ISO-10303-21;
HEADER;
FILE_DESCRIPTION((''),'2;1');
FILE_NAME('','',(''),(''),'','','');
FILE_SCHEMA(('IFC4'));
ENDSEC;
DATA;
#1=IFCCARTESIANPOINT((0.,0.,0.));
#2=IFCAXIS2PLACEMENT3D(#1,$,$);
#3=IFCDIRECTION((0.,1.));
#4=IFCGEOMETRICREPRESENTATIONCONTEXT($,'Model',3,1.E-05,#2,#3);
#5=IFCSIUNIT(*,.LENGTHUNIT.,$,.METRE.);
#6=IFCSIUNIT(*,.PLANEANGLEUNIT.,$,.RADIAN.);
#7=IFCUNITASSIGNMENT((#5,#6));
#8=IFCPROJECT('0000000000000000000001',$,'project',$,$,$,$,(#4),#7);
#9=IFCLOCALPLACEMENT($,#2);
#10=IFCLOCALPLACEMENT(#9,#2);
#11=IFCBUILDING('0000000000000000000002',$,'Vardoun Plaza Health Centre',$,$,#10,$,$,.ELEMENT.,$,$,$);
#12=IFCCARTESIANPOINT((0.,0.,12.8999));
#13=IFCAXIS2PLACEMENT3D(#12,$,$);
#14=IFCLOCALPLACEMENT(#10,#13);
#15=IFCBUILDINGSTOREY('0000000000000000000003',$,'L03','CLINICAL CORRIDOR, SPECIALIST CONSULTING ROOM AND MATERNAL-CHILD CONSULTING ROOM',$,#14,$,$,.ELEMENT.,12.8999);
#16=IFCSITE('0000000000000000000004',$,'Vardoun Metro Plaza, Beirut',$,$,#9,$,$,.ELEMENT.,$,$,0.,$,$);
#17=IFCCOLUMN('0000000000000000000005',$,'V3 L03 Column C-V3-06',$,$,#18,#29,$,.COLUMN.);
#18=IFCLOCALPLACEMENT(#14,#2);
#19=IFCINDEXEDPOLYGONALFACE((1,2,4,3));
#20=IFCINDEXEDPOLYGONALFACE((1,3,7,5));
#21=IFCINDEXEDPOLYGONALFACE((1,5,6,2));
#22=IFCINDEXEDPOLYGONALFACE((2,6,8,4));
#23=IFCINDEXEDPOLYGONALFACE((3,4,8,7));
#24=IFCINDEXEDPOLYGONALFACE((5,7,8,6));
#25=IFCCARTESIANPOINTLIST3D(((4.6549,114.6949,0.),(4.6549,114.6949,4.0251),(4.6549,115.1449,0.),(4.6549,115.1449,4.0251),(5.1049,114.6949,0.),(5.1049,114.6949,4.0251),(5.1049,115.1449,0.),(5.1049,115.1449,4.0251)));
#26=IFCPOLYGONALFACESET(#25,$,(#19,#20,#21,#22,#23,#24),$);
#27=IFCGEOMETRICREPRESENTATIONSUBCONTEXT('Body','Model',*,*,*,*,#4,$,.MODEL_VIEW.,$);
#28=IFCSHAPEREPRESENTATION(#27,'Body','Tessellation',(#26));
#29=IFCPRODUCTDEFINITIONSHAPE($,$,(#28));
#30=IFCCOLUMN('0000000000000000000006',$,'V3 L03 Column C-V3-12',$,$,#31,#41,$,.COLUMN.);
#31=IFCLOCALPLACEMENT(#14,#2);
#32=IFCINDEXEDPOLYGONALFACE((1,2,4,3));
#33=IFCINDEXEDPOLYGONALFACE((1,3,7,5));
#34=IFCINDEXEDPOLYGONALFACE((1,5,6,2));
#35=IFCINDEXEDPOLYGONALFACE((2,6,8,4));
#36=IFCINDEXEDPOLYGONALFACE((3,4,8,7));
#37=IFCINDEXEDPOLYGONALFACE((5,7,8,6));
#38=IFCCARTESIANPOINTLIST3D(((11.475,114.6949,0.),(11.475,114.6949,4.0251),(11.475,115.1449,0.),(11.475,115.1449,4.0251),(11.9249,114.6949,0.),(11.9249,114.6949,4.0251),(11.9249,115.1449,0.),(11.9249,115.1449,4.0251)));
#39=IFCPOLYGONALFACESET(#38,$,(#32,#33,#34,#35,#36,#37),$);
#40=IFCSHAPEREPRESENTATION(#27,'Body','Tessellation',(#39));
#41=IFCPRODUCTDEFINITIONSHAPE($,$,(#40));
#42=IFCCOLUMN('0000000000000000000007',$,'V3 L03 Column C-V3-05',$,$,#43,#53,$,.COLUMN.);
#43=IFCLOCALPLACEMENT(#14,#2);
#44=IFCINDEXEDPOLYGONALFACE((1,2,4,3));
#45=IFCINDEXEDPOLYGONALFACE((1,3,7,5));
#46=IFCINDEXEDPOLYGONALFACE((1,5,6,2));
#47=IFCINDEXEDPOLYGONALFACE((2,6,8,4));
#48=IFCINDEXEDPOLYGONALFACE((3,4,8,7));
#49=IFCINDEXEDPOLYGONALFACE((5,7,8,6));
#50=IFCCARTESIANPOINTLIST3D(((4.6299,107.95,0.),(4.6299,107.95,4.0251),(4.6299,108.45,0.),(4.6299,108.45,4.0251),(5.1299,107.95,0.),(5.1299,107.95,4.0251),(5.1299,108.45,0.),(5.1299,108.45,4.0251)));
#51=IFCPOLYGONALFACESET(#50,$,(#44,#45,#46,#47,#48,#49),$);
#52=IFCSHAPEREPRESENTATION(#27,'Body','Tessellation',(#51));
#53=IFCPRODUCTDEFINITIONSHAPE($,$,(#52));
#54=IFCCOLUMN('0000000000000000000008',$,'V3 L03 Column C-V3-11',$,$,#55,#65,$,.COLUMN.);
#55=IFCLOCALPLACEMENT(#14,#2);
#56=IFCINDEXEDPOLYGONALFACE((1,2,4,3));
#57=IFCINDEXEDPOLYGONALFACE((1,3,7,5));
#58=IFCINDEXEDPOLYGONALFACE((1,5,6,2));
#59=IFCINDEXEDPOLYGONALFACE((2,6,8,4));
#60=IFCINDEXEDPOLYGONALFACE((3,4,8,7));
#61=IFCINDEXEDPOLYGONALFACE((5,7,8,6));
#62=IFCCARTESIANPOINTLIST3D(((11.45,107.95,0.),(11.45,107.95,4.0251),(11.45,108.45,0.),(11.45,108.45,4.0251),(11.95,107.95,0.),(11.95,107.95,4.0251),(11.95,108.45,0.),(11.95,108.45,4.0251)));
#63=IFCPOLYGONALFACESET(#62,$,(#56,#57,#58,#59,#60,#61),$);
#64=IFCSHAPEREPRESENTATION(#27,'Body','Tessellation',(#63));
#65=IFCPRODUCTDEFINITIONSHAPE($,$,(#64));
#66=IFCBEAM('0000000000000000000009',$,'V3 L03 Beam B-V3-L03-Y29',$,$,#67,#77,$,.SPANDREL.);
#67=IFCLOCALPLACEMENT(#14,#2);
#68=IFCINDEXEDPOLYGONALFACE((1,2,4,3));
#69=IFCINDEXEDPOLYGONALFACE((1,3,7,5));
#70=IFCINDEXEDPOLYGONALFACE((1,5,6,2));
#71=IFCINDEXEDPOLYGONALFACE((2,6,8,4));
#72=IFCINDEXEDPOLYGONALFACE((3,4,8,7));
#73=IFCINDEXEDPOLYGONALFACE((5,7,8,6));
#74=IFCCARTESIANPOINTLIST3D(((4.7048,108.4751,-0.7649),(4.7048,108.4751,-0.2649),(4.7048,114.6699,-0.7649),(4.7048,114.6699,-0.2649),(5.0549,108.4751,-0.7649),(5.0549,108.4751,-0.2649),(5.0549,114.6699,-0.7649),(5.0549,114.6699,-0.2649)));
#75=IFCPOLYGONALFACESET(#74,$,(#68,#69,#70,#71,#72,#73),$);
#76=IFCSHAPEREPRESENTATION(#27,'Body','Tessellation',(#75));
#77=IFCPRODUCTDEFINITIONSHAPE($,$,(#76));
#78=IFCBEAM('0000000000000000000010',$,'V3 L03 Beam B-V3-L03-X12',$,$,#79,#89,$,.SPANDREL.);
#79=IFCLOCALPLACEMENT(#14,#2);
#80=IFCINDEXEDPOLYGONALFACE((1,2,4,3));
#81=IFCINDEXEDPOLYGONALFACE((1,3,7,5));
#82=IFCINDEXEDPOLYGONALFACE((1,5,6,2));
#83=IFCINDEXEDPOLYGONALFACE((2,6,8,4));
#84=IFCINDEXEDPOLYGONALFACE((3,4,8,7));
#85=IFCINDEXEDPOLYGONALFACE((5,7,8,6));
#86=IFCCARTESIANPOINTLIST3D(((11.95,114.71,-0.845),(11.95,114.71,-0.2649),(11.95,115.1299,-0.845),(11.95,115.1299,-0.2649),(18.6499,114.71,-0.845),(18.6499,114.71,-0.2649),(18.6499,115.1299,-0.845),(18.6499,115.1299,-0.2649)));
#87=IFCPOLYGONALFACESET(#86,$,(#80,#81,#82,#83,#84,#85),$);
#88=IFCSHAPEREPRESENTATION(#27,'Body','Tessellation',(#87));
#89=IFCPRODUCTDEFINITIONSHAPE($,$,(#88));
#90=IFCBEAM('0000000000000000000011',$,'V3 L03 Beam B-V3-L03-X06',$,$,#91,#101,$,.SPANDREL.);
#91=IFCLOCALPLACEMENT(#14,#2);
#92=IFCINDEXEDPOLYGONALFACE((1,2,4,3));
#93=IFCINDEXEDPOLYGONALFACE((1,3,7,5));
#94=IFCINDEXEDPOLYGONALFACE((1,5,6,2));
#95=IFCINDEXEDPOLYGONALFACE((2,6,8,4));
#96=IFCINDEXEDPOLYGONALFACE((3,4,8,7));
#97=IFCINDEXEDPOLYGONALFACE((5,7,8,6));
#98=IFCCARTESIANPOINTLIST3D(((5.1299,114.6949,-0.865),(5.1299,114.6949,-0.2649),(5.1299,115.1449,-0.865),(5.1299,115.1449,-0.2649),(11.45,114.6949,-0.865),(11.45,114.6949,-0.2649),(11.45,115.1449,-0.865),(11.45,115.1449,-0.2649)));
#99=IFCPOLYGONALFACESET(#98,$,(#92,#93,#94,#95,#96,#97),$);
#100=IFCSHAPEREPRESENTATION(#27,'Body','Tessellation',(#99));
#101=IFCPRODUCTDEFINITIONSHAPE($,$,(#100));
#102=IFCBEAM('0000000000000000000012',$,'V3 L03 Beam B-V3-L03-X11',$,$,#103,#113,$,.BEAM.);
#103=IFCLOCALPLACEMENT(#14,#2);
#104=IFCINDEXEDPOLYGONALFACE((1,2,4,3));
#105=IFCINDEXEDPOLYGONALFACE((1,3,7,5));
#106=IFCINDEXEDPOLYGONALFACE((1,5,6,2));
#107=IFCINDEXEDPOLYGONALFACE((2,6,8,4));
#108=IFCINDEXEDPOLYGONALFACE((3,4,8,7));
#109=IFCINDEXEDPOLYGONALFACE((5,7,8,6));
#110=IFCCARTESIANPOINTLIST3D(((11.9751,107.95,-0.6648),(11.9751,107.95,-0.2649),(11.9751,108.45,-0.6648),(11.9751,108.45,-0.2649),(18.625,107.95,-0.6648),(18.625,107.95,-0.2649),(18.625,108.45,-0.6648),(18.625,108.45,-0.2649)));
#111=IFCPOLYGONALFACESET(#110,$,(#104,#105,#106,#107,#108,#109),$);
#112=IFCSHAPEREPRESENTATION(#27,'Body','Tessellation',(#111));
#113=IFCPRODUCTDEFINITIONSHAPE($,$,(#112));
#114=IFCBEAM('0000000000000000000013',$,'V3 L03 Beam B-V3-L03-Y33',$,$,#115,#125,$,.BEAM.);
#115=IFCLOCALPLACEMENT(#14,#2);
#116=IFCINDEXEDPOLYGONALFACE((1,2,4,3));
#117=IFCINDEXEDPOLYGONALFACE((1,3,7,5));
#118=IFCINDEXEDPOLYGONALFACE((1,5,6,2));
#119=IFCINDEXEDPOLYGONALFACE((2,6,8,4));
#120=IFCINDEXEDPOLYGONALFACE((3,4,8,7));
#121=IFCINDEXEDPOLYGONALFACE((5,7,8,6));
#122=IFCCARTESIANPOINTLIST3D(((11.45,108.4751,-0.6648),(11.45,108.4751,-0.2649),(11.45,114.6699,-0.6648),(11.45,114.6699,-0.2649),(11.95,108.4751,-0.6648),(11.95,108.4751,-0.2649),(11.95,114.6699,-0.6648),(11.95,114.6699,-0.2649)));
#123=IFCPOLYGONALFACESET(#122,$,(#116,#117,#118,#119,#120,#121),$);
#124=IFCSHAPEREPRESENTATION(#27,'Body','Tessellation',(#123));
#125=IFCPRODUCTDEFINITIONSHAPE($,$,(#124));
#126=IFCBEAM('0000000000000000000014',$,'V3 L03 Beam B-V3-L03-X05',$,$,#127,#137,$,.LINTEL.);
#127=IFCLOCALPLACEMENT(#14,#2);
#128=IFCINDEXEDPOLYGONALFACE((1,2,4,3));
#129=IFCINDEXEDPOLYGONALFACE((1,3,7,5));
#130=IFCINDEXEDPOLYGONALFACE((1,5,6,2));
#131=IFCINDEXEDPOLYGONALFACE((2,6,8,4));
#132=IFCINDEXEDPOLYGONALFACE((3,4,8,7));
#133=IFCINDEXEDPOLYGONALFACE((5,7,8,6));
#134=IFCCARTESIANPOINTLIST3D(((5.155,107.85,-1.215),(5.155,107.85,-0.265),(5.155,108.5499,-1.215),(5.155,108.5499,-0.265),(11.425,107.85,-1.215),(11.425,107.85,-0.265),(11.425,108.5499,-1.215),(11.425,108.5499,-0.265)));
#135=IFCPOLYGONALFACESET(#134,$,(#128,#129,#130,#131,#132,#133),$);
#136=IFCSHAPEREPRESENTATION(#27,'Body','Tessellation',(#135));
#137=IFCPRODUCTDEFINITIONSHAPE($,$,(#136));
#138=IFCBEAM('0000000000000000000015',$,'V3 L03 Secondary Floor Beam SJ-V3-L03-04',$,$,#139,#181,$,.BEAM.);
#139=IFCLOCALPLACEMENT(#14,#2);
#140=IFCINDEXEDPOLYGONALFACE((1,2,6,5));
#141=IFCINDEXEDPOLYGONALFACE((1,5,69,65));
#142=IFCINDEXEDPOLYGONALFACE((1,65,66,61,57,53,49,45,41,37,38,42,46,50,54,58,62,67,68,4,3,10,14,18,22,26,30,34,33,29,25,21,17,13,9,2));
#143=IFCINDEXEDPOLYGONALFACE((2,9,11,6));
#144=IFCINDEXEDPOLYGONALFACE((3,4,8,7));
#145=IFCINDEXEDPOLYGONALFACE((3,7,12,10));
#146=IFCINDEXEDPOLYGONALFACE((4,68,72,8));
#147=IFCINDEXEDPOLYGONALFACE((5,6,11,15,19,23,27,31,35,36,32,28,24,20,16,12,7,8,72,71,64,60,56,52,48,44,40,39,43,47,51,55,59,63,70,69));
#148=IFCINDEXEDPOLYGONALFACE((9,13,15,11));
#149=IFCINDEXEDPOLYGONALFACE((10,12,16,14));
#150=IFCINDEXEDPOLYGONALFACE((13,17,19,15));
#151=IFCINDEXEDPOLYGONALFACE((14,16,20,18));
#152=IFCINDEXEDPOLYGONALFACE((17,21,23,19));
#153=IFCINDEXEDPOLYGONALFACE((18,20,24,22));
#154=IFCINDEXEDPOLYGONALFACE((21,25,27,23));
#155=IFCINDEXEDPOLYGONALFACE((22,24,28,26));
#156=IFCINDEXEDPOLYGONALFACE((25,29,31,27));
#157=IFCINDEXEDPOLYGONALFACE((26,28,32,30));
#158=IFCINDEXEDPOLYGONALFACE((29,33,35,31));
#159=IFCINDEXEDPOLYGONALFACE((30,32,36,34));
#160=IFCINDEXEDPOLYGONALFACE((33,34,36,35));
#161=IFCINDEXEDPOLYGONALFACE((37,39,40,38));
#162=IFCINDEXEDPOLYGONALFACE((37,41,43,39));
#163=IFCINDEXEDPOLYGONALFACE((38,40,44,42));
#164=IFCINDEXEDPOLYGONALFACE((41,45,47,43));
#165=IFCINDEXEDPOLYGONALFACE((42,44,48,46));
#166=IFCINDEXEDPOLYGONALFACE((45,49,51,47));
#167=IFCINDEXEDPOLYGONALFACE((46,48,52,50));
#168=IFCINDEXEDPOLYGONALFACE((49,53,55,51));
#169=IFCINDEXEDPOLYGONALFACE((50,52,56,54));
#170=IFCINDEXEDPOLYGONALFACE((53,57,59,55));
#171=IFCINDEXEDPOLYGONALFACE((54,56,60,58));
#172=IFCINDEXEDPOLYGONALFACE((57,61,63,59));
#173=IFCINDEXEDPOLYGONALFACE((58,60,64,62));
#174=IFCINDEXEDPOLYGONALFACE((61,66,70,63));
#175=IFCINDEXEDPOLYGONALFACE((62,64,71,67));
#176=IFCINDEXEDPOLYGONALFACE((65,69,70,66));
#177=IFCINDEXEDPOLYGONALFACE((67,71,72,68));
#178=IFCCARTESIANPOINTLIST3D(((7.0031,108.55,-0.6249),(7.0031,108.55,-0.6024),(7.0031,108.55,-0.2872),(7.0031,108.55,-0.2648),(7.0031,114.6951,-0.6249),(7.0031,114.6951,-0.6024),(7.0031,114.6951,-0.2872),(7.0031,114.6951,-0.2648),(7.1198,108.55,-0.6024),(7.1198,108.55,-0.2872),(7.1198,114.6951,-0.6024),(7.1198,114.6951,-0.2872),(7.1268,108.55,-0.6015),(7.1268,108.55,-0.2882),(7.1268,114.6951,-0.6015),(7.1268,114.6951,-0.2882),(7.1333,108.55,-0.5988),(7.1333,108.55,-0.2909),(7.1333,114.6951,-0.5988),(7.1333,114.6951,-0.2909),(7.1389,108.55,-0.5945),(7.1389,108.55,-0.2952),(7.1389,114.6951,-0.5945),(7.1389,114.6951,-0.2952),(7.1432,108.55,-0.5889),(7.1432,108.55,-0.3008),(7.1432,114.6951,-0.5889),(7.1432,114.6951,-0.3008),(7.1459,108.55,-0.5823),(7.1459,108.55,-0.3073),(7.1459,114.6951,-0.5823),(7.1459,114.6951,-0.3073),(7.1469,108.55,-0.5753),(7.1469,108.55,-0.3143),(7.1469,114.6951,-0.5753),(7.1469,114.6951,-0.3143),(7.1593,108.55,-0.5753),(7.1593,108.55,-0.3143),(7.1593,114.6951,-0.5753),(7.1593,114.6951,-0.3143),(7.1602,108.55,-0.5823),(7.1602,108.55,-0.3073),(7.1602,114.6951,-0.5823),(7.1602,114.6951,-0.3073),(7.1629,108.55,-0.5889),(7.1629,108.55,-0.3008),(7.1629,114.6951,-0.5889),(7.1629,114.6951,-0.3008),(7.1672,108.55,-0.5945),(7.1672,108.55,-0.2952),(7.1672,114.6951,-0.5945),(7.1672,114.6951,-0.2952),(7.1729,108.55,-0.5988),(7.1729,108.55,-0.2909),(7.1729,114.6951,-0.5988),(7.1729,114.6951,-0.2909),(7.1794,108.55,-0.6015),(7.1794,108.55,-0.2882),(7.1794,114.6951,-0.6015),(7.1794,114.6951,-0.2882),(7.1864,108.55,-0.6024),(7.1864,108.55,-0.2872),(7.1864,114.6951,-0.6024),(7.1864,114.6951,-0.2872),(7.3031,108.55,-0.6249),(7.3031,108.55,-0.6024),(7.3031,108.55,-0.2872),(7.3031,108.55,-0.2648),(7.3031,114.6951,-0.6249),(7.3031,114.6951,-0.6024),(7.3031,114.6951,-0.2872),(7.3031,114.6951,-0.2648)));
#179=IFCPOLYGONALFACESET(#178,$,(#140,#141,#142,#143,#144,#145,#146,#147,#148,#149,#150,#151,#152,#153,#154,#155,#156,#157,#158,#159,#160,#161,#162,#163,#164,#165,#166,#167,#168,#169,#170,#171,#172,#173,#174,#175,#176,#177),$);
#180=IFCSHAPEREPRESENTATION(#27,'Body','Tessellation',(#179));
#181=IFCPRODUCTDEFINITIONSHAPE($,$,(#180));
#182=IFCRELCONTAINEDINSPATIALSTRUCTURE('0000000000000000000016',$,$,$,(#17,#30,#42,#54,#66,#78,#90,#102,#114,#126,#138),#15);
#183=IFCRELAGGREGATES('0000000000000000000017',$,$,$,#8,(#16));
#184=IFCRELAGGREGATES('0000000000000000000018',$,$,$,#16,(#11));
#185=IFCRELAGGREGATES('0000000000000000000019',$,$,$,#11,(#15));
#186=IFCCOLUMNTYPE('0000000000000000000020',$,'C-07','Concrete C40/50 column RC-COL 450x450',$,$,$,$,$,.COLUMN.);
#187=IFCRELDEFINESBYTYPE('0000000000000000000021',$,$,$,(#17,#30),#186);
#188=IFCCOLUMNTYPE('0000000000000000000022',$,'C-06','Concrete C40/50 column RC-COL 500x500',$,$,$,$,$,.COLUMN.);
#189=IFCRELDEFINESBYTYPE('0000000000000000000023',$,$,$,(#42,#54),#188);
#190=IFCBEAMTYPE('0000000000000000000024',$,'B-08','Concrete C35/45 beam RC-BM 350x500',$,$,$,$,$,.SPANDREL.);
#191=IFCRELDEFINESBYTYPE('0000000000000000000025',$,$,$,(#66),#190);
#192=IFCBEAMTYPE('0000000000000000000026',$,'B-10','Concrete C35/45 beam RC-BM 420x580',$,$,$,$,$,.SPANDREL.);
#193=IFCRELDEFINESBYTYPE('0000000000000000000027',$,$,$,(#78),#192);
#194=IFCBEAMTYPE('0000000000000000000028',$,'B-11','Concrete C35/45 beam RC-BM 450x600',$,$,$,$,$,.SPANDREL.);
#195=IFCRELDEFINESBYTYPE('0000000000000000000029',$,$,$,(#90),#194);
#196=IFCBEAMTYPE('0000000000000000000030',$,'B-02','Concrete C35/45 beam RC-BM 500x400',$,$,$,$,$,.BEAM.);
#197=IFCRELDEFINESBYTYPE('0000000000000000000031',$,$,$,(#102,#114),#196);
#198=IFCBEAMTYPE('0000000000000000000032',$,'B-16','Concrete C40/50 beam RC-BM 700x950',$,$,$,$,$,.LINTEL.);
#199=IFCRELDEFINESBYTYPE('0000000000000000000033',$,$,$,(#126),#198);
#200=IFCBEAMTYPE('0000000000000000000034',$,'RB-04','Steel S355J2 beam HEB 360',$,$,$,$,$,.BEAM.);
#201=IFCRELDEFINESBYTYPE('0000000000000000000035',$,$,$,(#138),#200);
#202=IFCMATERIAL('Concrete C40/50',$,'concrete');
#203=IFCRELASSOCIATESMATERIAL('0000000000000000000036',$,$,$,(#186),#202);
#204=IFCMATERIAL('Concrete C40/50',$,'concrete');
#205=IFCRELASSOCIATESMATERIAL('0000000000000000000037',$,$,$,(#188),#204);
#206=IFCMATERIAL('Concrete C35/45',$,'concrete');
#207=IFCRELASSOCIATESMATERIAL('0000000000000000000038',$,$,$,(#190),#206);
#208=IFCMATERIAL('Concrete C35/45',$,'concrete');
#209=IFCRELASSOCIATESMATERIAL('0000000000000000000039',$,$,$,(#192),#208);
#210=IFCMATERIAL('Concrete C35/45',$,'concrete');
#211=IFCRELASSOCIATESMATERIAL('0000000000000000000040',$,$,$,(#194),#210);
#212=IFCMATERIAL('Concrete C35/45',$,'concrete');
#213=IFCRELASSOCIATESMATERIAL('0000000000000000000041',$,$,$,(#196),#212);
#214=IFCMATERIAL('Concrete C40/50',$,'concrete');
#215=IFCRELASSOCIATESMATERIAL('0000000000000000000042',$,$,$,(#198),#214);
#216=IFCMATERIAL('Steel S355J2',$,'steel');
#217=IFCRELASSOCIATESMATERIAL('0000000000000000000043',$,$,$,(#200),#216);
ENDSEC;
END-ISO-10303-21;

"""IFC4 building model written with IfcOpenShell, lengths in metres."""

from ifc_helpers import new_model, si_unit, direction, frame, origin, origin_2d, place, context, subcontext, project, spatial, rectangle, i_section, extrude, material, material_profile, profile_set, type_object, element, save


model = new_model("IFC4")

# Units and contexts
model_context = context("Model", 3, precision=1e-05, world=origin(), true_north=direction((0.0, 1.0)))
body_context = subcontext(model_context, "Body", "Model", "MODEL_VIEW")
ifc_project = project(units=[si_unit("LENGTHUNIT", "METRE"), si_unit("PLANEANGLEUNIT", "RADIAN")], contexts=[model_context])

# Site, building, storey
site_placement = place(None, origin())
site = spatial("IfcSite", under=ifc_project, at=site_placement, Name="Vardoun Metro Plaza, Beirut", CompositionType="ELEMENT", RefElevation=0.0)
building_placement = place(site_placement, origin())
building = spatial("IfcBuilding", under=site, at=building_placement, Name="Vardoun Plaza Health Centre", CompositionType="ELEMENT")
storey_placement = place(building_placement, frame((0.0, 0.0, 12.8999)))
storey = spatial("IfcBuildingStorey", under=building, at=storey_placement, Name="L03", Description="CLINICAL CORRIDOR, SPECIALIST CONSULTING ROOM AND MATERNAL-CHILD CONSULTING ROOM", CompositionType="ELEMENT", Elevation=12.8999)

# Columns
ifc_material_1 = material(Name="Concrete C40/50", Category="concrete")
ifc_material_profile_1 = material_profile(ifc_material_1, rectangle(XDim=0.45, YDim=0.45, at=origin_2d()), Name="RC-COL 450x450")
ifc_profile_set_1 = profile_set([ifc_material_profile_1], Name="Concrete C40/50")
column_type_1 = type_object("IfcColumnType", Name="C-07", Description="Concrete C40/50 column RC-COL 450x450", PredefinedType="COLUMN", material=ifc_profile_set_1)
for number, where, z_axis, x_axis, name in (
    (1, (4.8799, 114.9199, 0.0), (0.0, 0.0, 1.0), (1.0, 0.0, 0.0), "V3 L03 Column C-V3-06"),
    (2, (11.7, 114.9199, 0.0), (0.0, 0.0, 1.0), (1.0, 0.0, 0.0), "V3 L03 Column C-V3-12"),
):
    element("IfcColumn", number, at=place(storey_placement, frame(where, z_axis=z_axis, x_axis=x_axis)), inside=storey, type_object=column_type_1, Name=name, PredefinedType="COLUMN", context=body_context, shape_type="SweptSolid", body=[
        extrude(rectangle(XDim=0.45, YDim=0.45, at=origin_2d()), origin(), (0.0, 0.0, 1.0), 4.0251),
    ])
ifc_material_2 = material(Name="Concrete C40/50", Category="concrete")
ifc_material_profile_2 = material_profile(ifc_material_2, rectangle(XDim=0.5, YDim=0.5, at=origin_2d()), Name="RC-COL 500x500")
ifc_profile_set_2 = profile_set([ifc_material_profile_2], Name="Concrete C40/50")
column_type_2 = type_object("IfcColumnType", Name="C-06", Description="Concrete C40/50 column RC-COL 500x500", PredefinedType="COLUMN", material=ifc_profile_set_2)
for number, where, z_axis, x_axis, name in (
    (3, (4.8799, 108.2, 0.0), (0.0, 0.0, 1.0), (1.0, 0.0, 0.0), "V3 L03 Column C-V3-05"),
    (4, (11.7, 108.2, 0.0), (0.0, 0.0, 1.0), (1.0, 0.0, 0.0), "V3 L03 Column C-V3-11"),
):
    element("IfcColumn", number, at=place(storey_placement, frame(where, z_axis=z_axis, x_axis=x_axis)), inside=storey, type_object=column_type_2, Name=name, PredefinedType="COLUMN", context=body_context, shape_type="SweptSolid", body=[
        extrude(rectangle(XDim=0.5, YDim=0.5, at=origin_2d()), origin(), (0.0, 0.0, 1.0), 4.0251),
    ])

# Beams
ifc_material_3 = material(Name="Concrete C35/45", Category="concrete")
ifc_material_profile_3 = material_profile(ifc_material_3, rectangle(XDim=0.3501, YDim=0.5, at=origin_2d()), Name="RC-BM 350x500")
ifc_profile_set_3 = profile_set([ifc_material_profile_3], Name="Concrete C35/45")
beam_type_1 = type_object("IfcBeamType", Name="B-08", Description="Concrete C35/45 beam RC-BM 350x500", PredefinedType="SPANDREL", material=ifc_profile_set_3)
beam_1_placement = place(storey_placement, frame((4.8799, 108.4751, -0.5149), z_axis=(0.0, 1.0, 0.0), x_axis=(-1.0, 0.0, 0.0)))
element("IfcBeam", 5, at=beam_1_placement, inside=storey, type_object=beam_type_1, Name="V3 L03 Beam B-V3-L03-Y29", PredefinedType="SPANDREL", context=body_context, shape_type="SweptSolid", body=[
    extrude(rectangle(XDim=0.3501, YDim=0.5, at=origin_2d()), origin(), (0.0, 0.0, 1.0), 6.1948),
])
ifc_material_4 = material(Name="Concrete C35/45", Category="concrete")
ifc_material_profile_4 = material_profile(ifc_material_4, rectangle(XDim=0.4199, YDim=0.5801, at=origin_2d()), Name="RC-BM 420x580")
ifc_profile_set_4 = profile_set([ifc_material_profile_4], Name="Concrete C35/45")
beam_type_2 = type_object("IfcBeamType", Name="B-10", Description="Concrete C35/45 beam RC-BM 420x580", PredefinedType="SPANDREL", material=ifc_profile_set_4)
beam_2_placement = place(storey_placement, frame((11.95, 114.9199, -0.5549), z_axis=(1.0, 0.0, 0.0), x_axis=(0.0, 1.0, 0.0)))
element("IfcBeam", 6, at=beam_2_placement, inside=storey, type_object=beam_type_2, Name="V3 L03 Beam B-V3-L03-X12", PredefinedType="SPANDREL", context=body_context, shape_type="SweptSolid", body=[
    extrude(rectangle(XDim=0.4199, YDim=0.5801, at=origin_2d()), origin(), (0.0, 0.0, 1.0), 6.7),
])
ifc_material_5 = material(Name="Concrete C35/45", Category="concrete")
ifc_material_profile_5 = material_profile(ifc_material_5, rectangle(XDim=0.45, YDim=0.6001, at=origin_2d()), Name="RC-BM 450x600")
ifc_profile_set_5 = profile_set([ifc_material_profile_5], Name="Concrete C35/45")
beam_type_3 = type_object("IfcBeamType", Name="B-11", Description="Concrete C35/45 beam RC-BM 450x600", PredefinedType="SPANDREL", material=ifc_profile_set_5)
beam_3_placement = place(storey_placement, frame((5.1299, 114.9199, -0.5649), z_axis=(1.0, 0.0, 0.0), x_axis=(0.0, 1.0, 0.0)))
element("IfcBeam", 7, at=beam_3_placement, inside=storey, type_object=beam_type_3, Name="V3 L03 Beam B-V3-L03-X06", PredefinedType="SPANDREL", context=body_context, shape_type="SweptSolid", body=[
    extrude(rectangle(XDim=0.45, YDim=0.6001, at=origin_2d()), origin(), (0.0, 0.0, 1.0), 6.3201),
])
ifc_material_6 = material(Name="Concrete C35/45", Category="concrete")
ifc_material_profile_6 = material_profile(ifc_material_6, rectangle(XDim=0.5, YDim=0.3999, at=origin_2d()), Name="RC-BM 500x400")
ifc_profile_set_6 = profile_set([ifc_material_profile_6], Name="Concrete C35/45")
beam_type_4 = type_object("IfcBeamType", Name="B-02", Description="Concrete C35/45 beam RC-BM 500x400", PredefinedType="BEAM", material=ifc_profile_set_6)
beam_4_placement = place(storey_placement, frame((11.9751, 108.2, -0.4648), z_axis=(1.0, 0.0, 0.0), x_axis=(0.0, 1.0, 0.0)))
element("IfcBeam", 8, at=beam_4_placement, inside=storey, type_object=beam_type_4, Name="V3 L03 Beam B-V3-L03-X11", PredefinedType="BEAM", context=body_context, shape_type="SweptSolid", body=[
    extrude(rectangle(XDim=0.5, YDim=0.3999, at=origin_2d()), origin(), (0.0, 0.0, 1.0), 6.6499),
])
beam_5_placement = place(storey_placement, frame((11.7, 108.4751, -0.4648), z_axis=(0.0, 1.0, 0.0), x_axis=(-1.0, 0.0, 0.0)))
element("IfcBeam", 9, at=beam_5_placement, inside=storey, type_object=beam_type_4, Name="V3 L03 Beam B-V3-L03-Y33", PredefinedType="BEAM", context=body_context, shape_type="SweptSolid", body=[
    extrude(rectangle(XDim=0.5, YDim=0.3999, at=origin_2d()), origin(), (0.0, 0.0, 1.0), 6.1948),
])
ifc_material_7 = material(Name="Concrete C40/50", Category="concrete")
ifc_material_profile_7 = material_profile(ifc_material_7, rectangle(XDim=0.7, YDim=0.95, at=origin_2d()), Name="RC-BM 700x950")
ifc_profile_set_7 = profile_set([ifc_material_profile_7], Name="Concrete C40/50")
beam_type_5 = type_object("IfcBeamType", Name="B-16", Description="Concrete C40/50 beam RC-BM 700x950", PredefinedType="LINTEL", material=ifc_profile_set_7)
beam_6_placement = place(storey_placement, frame((5.155, 108.2, -0.74), z_axis=(1.0, 0.0, 0.0), x_axis=(0.0, 1.0, 0.0)))
element("IfcBeam", 10, at=beam_6_placement, inside=storey, type_object=beam_type_5, Name="V3 L03 Beam B-V3-L03-X05", PredefinedType="LINTEL", context=body_context, shape_type="SweptSolid", body=[
    extrude(rectangle(XDim=0.7, YDim=0.95, at=origin_2d()), origin(), (0.0, 0.0, 1.0), 6.27),
])
ifc_material_8 = material(Name="Steel S355J2", Category="steel")
ifc_material_profile_8 = material_profile(ifc_material_8, i_section(OverallWidth=0.3, OverallDepth=0.3601, WebThickness=0.0125, FlangeThickness=0.0225, FilletRadius=0.0271, at=origin_2d()), Name="HEB 360")
ifc_profile_set_8 = profile_set([ifc_material_profile_8], Name="Steel S355J2")
beam_type_6 = type_object("IfcBeamType", Name="RB-04", Description="Steel S355J2 beam HEB 360", PredefinedType="BEAM", material=ifc_profile_set_8)
beam_7_placement = place(storey_placement, frame((7.1531, 108.55, -0.4448), z_axis=(0.0, 1.0, 0.0), x_axis=(-1.0, 0.0, 0.0)))
element("IfcBeam", 11, at=beam_7_placement, inside=storey, type_object=beam_type_6, Name="V3 L03 Secondary Floor Beam SJ-V3-L03-04", PredefinedType="BEAM", context=body_context, shape_type="SweptSolid", body=[
    extrude(i_section(OverallWidth=0.3, OverallDepth=0.3601, WebThickness=0.0125, FlangeThickness=0.0225, FilletRadius=0.0271, at=origin_2d()), origin(), (0.0, 0.0, 1.0), 6.145),
])

save(model, "model.ifc")
